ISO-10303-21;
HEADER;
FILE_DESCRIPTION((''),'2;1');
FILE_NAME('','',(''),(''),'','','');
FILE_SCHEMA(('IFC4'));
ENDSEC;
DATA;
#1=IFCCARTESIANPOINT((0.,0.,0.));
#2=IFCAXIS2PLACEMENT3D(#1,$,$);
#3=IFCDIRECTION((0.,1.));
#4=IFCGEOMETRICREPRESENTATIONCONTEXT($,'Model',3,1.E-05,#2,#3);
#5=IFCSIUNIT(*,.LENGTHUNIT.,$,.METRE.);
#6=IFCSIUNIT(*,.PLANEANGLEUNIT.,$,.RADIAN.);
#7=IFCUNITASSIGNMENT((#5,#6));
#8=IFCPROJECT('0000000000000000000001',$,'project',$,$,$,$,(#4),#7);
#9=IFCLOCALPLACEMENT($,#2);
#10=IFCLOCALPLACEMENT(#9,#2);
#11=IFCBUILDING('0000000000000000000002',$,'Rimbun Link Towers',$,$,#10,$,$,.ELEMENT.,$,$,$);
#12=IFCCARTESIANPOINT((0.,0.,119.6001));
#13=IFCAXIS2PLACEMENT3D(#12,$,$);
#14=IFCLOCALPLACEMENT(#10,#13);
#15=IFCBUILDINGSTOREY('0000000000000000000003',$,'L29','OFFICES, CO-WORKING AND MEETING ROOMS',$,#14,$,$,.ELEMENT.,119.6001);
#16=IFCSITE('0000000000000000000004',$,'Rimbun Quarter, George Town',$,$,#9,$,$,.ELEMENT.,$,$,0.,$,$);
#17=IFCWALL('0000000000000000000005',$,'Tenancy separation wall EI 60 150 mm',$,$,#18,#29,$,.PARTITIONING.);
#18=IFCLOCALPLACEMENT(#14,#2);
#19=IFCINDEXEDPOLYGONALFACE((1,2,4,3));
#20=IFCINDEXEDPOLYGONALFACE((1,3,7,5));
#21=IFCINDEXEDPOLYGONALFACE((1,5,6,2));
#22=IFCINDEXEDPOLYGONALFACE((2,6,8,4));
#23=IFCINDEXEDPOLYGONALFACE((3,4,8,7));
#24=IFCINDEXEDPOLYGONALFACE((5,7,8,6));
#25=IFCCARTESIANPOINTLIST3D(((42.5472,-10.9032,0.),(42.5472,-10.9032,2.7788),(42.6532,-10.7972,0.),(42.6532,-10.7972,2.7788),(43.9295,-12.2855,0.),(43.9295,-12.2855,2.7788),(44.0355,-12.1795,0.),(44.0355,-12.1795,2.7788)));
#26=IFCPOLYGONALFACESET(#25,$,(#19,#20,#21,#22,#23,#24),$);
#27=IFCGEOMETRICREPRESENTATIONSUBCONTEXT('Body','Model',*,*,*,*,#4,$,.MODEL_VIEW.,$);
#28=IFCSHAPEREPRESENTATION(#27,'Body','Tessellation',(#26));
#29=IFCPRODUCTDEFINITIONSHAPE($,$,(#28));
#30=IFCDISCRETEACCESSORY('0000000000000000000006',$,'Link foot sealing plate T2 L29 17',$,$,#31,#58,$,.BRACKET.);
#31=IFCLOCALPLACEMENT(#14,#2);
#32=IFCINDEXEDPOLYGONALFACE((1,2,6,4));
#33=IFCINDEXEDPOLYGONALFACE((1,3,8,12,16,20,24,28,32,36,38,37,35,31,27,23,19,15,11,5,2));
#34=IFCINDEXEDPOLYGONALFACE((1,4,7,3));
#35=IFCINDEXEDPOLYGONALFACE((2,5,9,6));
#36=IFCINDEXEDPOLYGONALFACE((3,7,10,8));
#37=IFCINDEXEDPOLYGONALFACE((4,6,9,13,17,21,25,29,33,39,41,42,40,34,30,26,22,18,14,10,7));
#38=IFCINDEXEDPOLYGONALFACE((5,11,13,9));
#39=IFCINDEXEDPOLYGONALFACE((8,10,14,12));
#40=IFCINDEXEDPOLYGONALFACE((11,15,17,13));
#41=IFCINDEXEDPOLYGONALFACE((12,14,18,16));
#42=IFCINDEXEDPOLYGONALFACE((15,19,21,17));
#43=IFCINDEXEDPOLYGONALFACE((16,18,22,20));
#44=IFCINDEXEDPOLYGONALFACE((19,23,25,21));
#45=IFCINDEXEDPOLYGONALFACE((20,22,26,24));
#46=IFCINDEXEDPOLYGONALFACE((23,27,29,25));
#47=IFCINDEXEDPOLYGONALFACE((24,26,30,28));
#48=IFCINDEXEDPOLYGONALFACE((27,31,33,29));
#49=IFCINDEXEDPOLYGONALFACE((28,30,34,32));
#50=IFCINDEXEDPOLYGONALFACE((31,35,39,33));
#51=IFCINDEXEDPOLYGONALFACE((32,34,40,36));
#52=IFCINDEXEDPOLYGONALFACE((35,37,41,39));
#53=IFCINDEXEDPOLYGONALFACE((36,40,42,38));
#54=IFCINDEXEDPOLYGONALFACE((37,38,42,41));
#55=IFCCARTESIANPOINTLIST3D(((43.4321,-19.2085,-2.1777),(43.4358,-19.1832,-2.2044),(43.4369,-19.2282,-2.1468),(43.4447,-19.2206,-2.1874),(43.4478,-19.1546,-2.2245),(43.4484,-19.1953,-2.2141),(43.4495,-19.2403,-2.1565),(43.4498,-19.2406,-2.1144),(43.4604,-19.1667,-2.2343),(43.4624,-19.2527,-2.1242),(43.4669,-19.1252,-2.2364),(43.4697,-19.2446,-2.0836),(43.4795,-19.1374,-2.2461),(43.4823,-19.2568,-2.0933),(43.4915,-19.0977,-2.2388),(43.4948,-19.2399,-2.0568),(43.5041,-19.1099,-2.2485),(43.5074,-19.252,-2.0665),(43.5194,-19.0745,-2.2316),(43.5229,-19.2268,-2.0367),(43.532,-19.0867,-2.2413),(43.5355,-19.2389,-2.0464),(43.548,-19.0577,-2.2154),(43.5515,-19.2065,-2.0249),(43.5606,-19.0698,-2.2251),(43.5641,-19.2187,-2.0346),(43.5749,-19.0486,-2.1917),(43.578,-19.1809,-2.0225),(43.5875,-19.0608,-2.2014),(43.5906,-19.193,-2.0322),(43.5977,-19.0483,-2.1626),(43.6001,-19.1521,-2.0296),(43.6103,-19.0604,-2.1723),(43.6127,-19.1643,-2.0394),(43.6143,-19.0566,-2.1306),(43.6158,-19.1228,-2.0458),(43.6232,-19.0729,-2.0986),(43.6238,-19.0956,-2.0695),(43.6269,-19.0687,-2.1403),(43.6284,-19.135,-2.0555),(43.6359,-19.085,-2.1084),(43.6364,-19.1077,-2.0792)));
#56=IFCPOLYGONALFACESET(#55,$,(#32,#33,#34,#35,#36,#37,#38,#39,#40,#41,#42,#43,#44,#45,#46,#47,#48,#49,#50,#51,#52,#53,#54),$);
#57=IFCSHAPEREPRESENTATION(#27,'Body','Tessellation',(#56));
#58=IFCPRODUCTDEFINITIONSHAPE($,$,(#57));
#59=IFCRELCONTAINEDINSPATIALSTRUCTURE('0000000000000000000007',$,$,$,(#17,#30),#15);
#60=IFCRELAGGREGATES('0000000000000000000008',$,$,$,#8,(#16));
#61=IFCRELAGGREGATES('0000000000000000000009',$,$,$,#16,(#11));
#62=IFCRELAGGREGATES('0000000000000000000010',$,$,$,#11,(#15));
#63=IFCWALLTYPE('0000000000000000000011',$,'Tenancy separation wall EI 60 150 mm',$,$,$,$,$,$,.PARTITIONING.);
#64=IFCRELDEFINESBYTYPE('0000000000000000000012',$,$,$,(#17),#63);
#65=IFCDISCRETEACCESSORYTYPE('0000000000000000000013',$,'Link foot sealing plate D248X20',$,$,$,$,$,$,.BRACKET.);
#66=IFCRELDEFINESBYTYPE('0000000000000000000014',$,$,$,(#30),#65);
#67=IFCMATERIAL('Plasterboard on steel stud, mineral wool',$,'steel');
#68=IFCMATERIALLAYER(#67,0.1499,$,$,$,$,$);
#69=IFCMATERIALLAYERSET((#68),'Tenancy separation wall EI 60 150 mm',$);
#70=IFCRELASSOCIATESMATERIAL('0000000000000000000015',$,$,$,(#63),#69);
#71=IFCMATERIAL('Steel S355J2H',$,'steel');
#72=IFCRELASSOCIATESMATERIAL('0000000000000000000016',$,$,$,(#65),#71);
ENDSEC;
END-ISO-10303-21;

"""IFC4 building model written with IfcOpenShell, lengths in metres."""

from ifc_helpers import new_model, si_unit, direction, frame, frame_2d, origin, origin_2d, place, context, subcontext, project, spatial, rectangle, circle, extrude, material, layer, layer_set, material_profile, profile_set, type_object, element, save


model = new_model("IFC4")

# Units and contexts
model_context = context("Model", 3, precision=1e-05, world=origin(), true_north=direction((0.0, 1.0)))
body_context = subcontext(model_context, "Body", "Model", "MODEL_VIEW")
ifc_project = project(units=[si_unit("LENGTHUNIT", "METRE"), si_unit("PLANEANGLEUNIT", "RADIAN")], contexts=[model_context])

# Site, building, storey
site_placement = place(None, origin())
site = spatial("IfcSite", under=ifc_project, at=site_placement, Name="Rimbun Quarter, George Town", CompositionType="ELEMENT", RefElevation=0.0)
building_placement = place(site_placement, origin())
building = spatial("IfcBuilding", under=site, at=building_placement, Name="Rimbun Link Towers", CompositionType="ELEMENT")
storey_placement = place(building_placement, frame((0.0, 0.0, 119.6001)))
storey = spatial("IfcBuildingStorey", under=building, at=storey_placement, Name="L29", Description="OFFICES, CO-WORKING AND MEETING ROOMS", CompositionType="ELEMENT", Elevation=119.6001)

# Wall
ifc_material_1 = material(Name="Plasterboard on steel stud, mineral wool", Category="steel")
ifc_layer_1 = layer(ifc_material_1, 0.1499)
ifc_layer_set_1 = layer_set([ifc_layer_1], Name="Tenancy separation wall EI 60 150 mm")
wall_type_1 = type_object("IfcWallType", Name="Tenancy separation wall EI 60 150 mm", PredefinedType="PARTITIONING", material=ifc_layer_set_1)
wall_1_placement = place(storey_placement, frame((42.6001, -10.8501, 0.0), z_axis=(0.0, 0.0, 1.0), x_axis=(0.707107, -0.707107, 0.0)))
element("IfcWall", 1, at=wall_1_placement, inside=storey, type_object=wall_type_1, Name="Tenancy separation wall EI 60 150 mm", PredefinedType="PARTITIONING", context=body_context, shape_type="SweptSolid", body=[
    extrude(rectangle(XDim=1.9548, YDim=0.1499, at=frame_2d((0.9775, 0.0))), origin(), (0.0, 0.0, 1.0), 2.7788),
])

# Discrete accessory
ifc_material_2 = material(Name="Steel S355J2H", Category="steel")
ifc_material_profile_1 = material_profile(ifc_material_2, circle(Radius=0.124, at=origin_2d()), Name="PL D248")
ifc_profile_set_1 = profile_set([ifc_material_profile_1], Name="Steel S355J2H")
discrete_accessory_type = type_object("IfcDiscreteAccessoryType", Name="Link foot sealing plate D248X20", PredefinedType="BRACKET", material=ifc_profile_set_1)
discrete_accessory_placement = place(storey_placement, frame((43.5283, -19.146, -2.1306), z_axis=(0.630407, -0.606161, -0.484929), x_axis=(0.693109, 0.720833, 0.0)))
element("IfcDiscreteAccessory", 2, at=discrete_accessory_placement, inside=storey, type_object=discrete_accessory_type, Name="Link foot sealing plate T2 L29 17", PredefinedType="BRACKET", context=body_context, shape_type="SweptSolid", body=[
    extrude(circle(Radius=0.124, at=origin_2d()), origin(), (0.0, 0.0, 1.0), 0.02),
])

save(model, "model.ifc")
